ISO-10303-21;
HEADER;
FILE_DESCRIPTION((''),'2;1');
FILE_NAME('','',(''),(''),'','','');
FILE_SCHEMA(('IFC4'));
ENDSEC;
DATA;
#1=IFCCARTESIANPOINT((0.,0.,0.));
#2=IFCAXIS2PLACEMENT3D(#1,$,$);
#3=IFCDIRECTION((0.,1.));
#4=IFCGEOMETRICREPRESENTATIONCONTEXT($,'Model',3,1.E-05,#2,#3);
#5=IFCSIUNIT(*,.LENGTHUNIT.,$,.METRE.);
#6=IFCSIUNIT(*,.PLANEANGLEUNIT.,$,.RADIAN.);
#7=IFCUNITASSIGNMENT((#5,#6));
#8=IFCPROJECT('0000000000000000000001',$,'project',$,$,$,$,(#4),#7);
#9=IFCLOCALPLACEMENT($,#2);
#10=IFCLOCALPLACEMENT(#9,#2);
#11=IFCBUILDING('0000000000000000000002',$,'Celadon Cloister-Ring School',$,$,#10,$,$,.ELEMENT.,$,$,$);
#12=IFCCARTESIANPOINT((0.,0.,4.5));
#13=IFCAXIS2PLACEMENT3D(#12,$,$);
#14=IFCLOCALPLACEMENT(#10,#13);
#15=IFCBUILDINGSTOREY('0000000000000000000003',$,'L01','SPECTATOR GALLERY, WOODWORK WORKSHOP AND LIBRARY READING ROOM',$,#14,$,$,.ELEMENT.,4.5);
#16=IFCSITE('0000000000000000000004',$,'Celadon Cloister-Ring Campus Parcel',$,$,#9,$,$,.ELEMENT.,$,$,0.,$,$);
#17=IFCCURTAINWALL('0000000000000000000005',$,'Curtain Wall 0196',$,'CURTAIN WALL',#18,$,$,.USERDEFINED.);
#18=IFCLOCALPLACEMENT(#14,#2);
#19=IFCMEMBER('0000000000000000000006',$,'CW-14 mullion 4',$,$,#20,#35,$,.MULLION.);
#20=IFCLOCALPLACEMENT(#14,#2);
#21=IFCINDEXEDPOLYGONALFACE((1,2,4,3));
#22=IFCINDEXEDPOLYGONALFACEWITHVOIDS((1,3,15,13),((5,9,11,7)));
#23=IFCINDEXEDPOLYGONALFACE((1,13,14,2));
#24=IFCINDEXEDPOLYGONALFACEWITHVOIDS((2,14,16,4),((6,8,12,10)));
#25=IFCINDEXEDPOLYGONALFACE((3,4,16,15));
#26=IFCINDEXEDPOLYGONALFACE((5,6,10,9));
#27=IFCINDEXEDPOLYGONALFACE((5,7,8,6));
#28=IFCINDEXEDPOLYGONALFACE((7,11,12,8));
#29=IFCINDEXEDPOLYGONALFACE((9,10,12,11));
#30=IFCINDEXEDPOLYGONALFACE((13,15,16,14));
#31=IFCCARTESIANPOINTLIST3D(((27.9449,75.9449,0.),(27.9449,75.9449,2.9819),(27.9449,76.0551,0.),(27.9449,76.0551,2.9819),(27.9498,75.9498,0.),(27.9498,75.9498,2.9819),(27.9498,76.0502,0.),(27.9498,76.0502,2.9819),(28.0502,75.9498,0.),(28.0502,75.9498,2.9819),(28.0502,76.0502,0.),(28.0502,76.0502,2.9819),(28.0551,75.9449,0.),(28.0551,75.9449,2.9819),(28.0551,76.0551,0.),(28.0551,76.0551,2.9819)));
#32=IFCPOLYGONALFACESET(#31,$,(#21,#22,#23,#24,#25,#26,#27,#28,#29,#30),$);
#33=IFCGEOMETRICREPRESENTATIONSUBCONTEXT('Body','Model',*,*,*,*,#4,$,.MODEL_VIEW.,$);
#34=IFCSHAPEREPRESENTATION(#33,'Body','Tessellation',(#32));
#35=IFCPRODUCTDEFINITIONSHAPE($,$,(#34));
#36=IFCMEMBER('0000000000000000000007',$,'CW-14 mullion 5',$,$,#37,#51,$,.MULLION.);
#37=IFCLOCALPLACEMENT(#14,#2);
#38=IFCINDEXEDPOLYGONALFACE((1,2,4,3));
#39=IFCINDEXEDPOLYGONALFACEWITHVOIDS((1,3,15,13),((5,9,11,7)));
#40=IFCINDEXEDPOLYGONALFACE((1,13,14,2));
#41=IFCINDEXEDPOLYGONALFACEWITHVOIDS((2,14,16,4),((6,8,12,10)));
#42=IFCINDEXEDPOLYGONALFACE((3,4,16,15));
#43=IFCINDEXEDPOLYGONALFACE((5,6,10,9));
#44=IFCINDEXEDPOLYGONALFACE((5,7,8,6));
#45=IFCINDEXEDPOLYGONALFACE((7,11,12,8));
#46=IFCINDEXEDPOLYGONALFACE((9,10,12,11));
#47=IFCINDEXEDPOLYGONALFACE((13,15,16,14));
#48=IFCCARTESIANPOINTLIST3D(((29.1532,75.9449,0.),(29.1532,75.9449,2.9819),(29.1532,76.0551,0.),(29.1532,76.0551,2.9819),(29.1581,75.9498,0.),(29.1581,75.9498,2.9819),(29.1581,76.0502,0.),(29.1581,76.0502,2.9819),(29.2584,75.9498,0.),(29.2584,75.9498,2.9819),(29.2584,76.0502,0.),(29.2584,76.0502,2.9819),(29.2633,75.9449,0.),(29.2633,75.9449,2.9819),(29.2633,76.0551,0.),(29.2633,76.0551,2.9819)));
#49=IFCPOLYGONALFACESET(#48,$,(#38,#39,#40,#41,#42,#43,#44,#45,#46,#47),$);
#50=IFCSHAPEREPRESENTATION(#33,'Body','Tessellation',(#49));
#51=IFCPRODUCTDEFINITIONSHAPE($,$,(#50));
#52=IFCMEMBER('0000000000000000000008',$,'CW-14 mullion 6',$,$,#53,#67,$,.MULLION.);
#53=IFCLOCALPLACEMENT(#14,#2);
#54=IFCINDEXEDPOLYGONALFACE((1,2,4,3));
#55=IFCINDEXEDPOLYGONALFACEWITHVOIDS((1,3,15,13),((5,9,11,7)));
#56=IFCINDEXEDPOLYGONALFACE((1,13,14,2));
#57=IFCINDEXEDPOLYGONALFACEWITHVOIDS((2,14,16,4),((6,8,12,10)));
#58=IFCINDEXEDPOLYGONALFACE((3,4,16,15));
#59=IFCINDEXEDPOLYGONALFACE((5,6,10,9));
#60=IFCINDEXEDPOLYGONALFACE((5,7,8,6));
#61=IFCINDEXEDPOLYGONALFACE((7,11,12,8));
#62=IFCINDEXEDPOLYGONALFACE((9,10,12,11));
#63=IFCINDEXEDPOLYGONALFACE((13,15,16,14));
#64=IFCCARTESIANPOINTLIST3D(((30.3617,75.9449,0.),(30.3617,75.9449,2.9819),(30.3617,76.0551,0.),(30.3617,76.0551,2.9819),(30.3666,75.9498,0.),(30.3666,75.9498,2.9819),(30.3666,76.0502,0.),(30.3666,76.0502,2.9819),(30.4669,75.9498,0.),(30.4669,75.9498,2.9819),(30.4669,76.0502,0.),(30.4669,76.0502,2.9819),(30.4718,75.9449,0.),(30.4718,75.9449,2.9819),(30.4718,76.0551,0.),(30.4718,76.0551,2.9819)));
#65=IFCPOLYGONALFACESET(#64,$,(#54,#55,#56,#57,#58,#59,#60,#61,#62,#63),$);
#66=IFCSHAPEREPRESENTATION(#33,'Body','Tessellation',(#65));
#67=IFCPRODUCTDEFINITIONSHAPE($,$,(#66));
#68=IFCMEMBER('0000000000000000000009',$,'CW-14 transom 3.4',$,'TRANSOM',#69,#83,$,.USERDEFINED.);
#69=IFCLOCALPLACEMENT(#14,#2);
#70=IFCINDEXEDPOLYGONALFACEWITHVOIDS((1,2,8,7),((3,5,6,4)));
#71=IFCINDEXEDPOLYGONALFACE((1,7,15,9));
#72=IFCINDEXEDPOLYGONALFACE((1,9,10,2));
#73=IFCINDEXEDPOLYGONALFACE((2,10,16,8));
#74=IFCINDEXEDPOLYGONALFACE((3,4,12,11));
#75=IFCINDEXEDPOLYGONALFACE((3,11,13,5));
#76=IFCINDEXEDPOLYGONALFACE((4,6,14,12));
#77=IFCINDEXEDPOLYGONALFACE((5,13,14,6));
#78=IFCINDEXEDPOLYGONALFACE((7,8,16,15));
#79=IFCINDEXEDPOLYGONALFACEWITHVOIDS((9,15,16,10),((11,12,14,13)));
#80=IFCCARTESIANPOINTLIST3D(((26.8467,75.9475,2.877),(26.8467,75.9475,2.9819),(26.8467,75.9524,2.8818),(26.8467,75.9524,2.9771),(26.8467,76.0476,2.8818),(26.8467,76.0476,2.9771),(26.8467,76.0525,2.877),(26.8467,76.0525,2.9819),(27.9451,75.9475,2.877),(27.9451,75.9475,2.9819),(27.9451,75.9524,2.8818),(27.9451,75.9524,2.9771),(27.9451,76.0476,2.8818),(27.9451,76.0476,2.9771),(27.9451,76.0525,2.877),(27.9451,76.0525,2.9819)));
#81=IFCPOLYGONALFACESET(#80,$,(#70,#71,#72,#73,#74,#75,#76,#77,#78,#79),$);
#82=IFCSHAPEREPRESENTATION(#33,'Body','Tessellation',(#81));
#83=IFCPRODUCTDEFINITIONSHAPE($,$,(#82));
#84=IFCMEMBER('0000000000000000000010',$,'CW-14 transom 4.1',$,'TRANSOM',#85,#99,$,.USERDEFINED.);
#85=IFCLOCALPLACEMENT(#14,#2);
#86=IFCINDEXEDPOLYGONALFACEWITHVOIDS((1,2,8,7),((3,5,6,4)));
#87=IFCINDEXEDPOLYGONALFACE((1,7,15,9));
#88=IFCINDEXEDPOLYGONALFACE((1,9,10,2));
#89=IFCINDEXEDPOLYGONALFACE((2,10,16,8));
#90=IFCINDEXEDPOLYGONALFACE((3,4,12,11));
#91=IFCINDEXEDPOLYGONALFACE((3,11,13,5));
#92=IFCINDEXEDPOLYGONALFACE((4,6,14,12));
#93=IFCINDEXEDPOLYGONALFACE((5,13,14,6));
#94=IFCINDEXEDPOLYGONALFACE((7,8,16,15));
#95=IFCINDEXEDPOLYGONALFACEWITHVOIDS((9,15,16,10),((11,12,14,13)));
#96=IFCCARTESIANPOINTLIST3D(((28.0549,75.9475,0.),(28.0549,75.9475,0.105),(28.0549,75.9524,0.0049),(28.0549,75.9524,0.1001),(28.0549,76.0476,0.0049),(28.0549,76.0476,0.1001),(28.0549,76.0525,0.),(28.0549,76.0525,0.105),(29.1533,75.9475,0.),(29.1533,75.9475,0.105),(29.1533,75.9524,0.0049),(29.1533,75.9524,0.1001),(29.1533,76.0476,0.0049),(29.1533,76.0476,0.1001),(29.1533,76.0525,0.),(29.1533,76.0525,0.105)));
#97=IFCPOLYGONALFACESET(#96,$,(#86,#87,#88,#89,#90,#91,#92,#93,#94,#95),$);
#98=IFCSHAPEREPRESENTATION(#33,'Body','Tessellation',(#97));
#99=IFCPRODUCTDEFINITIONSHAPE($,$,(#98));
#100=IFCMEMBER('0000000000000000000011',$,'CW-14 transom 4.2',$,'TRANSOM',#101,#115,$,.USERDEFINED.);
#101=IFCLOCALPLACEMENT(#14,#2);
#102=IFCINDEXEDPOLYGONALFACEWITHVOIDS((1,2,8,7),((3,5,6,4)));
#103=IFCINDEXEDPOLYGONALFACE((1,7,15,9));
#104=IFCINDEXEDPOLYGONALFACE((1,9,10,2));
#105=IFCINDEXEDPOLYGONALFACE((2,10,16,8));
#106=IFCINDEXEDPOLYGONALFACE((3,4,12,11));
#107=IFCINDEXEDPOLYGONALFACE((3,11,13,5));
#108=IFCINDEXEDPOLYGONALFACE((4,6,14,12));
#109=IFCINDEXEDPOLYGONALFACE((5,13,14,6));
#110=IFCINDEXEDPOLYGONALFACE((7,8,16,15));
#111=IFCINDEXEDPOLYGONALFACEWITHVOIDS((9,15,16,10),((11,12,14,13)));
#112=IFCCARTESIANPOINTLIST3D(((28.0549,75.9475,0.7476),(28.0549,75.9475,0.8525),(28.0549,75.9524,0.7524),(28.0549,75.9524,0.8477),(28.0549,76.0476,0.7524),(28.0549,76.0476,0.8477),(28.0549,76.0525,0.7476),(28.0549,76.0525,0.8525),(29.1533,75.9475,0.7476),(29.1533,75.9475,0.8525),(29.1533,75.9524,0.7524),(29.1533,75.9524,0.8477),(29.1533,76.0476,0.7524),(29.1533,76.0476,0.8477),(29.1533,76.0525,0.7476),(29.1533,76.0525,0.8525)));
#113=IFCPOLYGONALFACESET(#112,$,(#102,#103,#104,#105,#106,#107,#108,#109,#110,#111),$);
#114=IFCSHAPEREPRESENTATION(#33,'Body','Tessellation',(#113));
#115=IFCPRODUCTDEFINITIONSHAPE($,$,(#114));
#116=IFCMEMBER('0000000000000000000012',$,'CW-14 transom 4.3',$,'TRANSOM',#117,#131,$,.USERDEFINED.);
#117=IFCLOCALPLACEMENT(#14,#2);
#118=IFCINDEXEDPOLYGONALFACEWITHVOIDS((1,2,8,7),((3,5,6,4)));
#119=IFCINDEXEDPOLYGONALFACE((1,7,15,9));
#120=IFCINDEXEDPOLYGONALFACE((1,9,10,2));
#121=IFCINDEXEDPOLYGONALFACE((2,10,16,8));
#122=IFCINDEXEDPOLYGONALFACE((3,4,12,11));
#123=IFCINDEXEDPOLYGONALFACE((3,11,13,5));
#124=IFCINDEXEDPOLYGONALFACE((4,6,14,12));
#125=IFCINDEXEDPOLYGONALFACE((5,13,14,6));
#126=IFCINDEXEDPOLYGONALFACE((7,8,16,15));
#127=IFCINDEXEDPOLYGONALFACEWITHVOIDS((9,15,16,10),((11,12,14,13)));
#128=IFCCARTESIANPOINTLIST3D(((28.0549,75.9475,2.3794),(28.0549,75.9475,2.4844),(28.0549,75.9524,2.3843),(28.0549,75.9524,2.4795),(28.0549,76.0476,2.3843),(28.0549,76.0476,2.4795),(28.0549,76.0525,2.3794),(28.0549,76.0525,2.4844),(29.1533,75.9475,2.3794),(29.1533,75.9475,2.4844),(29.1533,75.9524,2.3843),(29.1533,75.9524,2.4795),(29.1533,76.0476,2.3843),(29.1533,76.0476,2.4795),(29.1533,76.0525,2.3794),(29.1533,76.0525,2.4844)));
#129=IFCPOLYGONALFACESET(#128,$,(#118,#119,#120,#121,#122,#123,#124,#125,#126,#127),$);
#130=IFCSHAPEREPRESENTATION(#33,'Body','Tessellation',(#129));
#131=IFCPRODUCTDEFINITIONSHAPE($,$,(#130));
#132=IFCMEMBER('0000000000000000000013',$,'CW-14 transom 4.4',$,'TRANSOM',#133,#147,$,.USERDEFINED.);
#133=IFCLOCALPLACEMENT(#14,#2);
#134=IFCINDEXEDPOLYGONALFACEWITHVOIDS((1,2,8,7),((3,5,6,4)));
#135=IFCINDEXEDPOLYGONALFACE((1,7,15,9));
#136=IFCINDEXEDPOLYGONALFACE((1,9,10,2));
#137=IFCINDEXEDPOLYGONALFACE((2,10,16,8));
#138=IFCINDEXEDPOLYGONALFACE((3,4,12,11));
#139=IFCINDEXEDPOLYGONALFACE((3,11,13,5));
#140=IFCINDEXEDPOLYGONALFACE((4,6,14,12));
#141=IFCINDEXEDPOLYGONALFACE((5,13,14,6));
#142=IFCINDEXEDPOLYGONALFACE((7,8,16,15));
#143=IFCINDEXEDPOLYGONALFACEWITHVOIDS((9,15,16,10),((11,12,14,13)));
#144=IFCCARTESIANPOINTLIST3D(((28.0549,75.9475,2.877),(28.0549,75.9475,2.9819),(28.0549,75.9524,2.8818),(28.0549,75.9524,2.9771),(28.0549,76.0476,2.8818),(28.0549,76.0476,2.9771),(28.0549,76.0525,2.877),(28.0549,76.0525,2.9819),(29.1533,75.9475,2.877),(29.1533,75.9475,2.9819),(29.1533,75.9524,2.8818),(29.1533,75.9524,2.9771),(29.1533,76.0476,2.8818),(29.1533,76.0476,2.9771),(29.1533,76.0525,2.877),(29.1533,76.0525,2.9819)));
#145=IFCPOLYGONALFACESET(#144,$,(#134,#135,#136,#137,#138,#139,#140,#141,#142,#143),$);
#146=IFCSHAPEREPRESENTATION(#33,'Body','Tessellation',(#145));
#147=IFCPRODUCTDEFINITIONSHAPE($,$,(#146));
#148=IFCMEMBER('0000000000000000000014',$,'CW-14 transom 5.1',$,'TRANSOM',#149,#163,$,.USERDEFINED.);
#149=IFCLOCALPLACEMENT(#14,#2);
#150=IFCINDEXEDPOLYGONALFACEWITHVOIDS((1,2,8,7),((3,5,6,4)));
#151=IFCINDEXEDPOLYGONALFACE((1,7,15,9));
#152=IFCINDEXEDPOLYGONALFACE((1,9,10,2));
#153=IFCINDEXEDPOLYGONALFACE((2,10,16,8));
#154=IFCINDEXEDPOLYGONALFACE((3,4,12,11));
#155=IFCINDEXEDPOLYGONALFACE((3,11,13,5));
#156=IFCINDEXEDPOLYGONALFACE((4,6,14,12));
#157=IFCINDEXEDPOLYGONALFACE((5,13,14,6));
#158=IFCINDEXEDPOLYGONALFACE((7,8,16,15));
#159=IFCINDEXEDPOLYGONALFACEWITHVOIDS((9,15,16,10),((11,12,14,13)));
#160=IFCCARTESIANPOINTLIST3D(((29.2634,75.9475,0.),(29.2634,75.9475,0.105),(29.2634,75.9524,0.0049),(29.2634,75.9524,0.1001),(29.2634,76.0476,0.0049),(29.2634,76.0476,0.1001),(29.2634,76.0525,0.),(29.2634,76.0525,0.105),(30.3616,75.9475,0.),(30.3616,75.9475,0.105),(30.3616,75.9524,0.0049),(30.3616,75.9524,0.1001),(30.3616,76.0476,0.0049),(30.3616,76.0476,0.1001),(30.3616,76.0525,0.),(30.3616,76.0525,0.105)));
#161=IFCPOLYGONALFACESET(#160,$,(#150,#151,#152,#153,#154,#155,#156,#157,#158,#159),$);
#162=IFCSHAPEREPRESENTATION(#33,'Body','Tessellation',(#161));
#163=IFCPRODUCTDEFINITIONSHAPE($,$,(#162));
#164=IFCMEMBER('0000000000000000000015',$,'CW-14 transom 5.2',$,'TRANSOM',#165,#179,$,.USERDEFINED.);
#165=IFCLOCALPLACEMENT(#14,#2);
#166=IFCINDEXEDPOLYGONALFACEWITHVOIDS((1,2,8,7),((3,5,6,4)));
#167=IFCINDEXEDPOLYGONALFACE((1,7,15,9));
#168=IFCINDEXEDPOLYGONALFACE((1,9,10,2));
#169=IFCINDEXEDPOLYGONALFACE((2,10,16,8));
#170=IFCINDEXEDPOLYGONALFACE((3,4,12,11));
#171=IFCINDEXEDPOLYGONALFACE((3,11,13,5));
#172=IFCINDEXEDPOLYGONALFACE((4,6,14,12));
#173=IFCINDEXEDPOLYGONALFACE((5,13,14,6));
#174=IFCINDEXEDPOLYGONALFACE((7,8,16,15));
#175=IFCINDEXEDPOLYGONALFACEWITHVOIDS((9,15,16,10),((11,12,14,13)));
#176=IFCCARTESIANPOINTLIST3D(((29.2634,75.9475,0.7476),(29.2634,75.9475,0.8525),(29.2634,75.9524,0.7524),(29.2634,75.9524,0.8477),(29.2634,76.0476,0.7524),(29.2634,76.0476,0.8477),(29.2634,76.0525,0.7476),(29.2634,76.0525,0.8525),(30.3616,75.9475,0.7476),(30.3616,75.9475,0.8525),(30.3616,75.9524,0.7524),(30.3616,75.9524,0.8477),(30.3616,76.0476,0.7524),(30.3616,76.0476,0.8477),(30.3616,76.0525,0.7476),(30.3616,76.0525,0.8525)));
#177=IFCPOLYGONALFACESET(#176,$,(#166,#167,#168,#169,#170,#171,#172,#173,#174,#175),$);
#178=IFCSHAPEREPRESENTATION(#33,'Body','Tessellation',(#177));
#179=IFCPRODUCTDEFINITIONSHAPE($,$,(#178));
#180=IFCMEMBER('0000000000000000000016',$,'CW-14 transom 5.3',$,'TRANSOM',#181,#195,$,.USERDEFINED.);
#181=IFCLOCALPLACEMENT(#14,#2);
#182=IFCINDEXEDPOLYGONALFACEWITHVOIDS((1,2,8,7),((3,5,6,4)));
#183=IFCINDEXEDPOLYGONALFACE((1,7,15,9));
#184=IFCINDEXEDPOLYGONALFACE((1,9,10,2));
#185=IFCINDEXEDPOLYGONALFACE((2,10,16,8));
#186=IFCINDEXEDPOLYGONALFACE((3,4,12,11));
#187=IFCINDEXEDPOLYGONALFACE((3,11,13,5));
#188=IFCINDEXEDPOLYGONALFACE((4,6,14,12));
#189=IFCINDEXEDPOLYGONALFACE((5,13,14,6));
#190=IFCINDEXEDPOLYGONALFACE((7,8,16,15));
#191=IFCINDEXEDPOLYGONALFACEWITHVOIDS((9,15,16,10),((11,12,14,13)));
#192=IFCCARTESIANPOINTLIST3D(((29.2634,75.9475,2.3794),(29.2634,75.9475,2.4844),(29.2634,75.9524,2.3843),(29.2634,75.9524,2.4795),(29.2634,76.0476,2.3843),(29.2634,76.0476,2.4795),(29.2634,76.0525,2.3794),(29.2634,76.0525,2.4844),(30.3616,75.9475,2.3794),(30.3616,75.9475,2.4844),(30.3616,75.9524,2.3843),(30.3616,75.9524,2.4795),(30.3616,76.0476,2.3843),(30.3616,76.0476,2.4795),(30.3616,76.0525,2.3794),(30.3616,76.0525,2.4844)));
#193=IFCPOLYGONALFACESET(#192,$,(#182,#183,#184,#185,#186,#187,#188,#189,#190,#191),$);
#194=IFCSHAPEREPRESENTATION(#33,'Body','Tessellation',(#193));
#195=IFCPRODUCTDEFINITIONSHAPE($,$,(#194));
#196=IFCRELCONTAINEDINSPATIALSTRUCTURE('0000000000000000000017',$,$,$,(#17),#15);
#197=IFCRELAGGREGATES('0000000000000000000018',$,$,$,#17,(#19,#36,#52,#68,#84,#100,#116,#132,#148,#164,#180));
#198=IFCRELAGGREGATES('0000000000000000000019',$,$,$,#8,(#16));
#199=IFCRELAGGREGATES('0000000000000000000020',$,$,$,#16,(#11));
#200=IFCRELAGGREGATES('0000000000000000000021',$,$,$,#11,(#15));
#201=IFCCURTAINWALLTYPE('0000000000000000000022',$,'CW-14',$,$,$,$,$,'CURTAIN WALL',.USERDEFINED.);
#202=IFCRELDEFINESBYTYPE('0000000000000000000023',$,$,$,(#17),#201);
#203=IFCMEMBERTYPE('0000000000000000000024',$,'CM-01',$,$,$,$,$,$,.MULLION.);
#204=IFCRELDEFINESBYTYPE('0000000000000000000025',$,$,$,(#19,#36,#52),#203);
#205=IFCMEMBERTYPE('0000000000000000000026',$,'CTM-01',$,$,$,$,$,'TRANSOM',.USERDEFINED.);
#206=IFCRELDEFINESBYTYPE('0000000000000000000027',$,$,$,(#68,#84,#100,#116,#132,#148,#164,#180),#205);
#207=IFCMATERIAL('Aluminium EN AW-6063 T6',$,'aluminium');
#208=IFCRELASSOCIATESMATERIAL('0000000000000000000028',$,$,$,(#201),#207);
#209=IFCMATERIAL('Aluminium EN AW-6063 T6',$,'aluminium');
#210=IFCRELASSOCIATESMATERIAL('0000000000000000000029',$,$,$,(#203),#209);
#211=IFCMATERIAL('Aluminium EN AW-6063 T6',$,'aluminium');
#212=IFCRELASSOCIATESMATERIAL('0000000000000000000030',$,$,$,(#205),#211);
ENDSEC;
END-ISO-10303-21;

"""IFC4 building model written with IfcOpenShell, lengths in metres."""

from ifc_helpers import new_model, si_unit, direction, frame, origin, origin_2d, place, context, subcontext, project, spatial, hollow_rectangle, extrude, material, material_profile, profile_set, type_object, element, aggregate, save


model = new_model("IFC4")

# Units and contexts
model_context = context("Model", 3, precision=1e-05, world=origin(), true_north=direction((0.0, 1.0)))
body_context = subcontext(model_context, "Body", "Model", "MODEL_VIEW")
ifc_project = project(units=[si_unit("LENGTHUNIT", "METRE"), si_unit("PLANEANGLEUNIT", "RADIAN")], contexts=[model_context])

# Site, building, storey
site_placement = place(None, origin())
site = spatial("IfcSite", under=ifc_project, at=site_placement, Name="Celadon Cloister-Ring Campus Parcel", CompositionType="ELEMENT", RefElevation=0.0)
building_placement = place(site_placement, origin())
building = spatial("IfcBuilding", under=site, at=building_placement, Name="Celadon Cloister-Ring School", CompositionType="ELEMENT")
storey_placement = place(building_placement, frame((0.0, 0.0, 4.5)))
storey = spatial("IfcBuildingStorey", under=building, at=storey_placement, Name="L01", Description="SPECTATOR GALLERY, WOODWORK WORKSHOP AND LIBRARY READING ROOM", CompositionType="ELEMENT", Elevation=4.5)

# Curtain wall, members
ifc_material_1 = material(Name="Aluminium EN AW-6063 T6", Category="aluminium")
curtain_wall_type = type_object("IfcCurtainWallType", Name="CW-14", ElementType="CURTAIN WALL", PredefinedType="USERDEFINED", material=ifc_material_1)
curtain_wall_placement = place(storey_placement, origin())
curtain_wall = element("IfcCurtainWall", 1, at=curtain_wall_placement, inside=storey, type_object=curtain_wall_type, Name="Curtain Wall 0196", ObjectType="CURTAIN WALL", PredefinedType="USERDEFINED")
ifc_material_2 = material(Name="Aluminium EN AW-6063 T6", Category="aluminium")
ifc_material_profile_1 = material_profile(ifc_material_2, hollow_rectangle(XDim=0.1101, YDim=0.1101, WallThickness=0.0049, at=origin_2d()), Name="RHS110X110X5")
ifc_profile_set_1 = profile_set([ifc_material_profile_1], Name="Aluminium EN AW-6063 T6")
member_type_1 = type_object("IfcMemberType", Name="CM-01", PredefinedType="MULLION", material=ifc_profile_set_1)
member_1_placement = place(storey_placement, frame((28.0, 76.0, 0.0), z_axis=(0.0, 0.0, 1.0), x_axis=(0.0, 1.0, 0.0)))
member_1 = element("IfcMember", 2, at=member_1_placement, type_object=member_type_1, Name="CW-14 mullion 4", PredefinedType="MULLION", context=body_context, shape_type="SweptSolid", body=[
    extrude(hollow_rectangle(XDim=0.1101, YDim=0.1101, WallThickness=0.0049, at=origin_2d()), origin(), (0.0, 0.0, 1.0), 2.9819),
])
member_2_placement = place(storey_placement, frame((29.2083, 76.0, 0.0), z_axis=(0.0, 0.0, 1.0), x_axis=(0.0, 1.0, 0.0)))
member_2 = element("IfcMember", 3, at=member_2_placement, type_object=member_type_1, Name="CW-14 mullion 5", PredefinedType="MULLION", context=body_context, shape_type="SweptSolid", body=[
    extrude(hollow_rectangle(XDim=0.1101, YDim=0.1101, WallThickness=0.0049, at=origin_2d()), origin(), (0.0, 0.0, 1.0), 2.9819),
])
member_3_placement = place(storey_placement, frame((30.4167, 76.0, 0.0), z_axis=(0.0, 0.0, 1.0), x_axis=(0.0, 1.0, 0.0)))
member_3 = element("IfcMember", 4, at=member_3_placement, type_object=member_type_1, Name="CW-14 mullion 6", PredefinedType="MULLION", context=body_context, shape_type="SweptSolid", body=[
    extrude(hollow_rectangle(XDim=0.1101, YDim=0.1101, WallThickness=0.0049, at=origin_2d()), origin(), (0.0, 0.0, 1.0), 2.9819),
])
ifc_material_3 = material(Name="Aluminium EN AW-6063 T6", Category="aluminium")
ifc_material_profile_2 = material_profile(ifc_material_3, hollow_rectangle(XDim=0.105, YDim=0.105, WallThickness=0.0049, at=origin_2d()), Name="RHS105X105X5")
ifc_profile_set_2 = profile_set([ifc_material_profile_2], Name="Aluminium EN AW-6063 T6")
member_type_2 = type_object("IfcMemberType", Name="CTM-01", ElementType="TRANSOM", PredefinedType="USERDEFINED", material=ifc_profile_set_2)
member_4_placement = place(storey_placement, frame((26.8467, 76.0, 2.9294), z_axis=(1.0, 0.0, 0.0), x_axis=(0.0, 1.0, 0.0)))
member_4 = element("IfcMember", 5, at=member_4_placement, type_object=member_type_2, Name="CW-14 transom 3.4", ObjectType="TRANSOM", PredefinedType="USERDEFINED", context=body_context, shape_type="SweptSolid", body=[
    extrude(hollow_rectangle(XDim=0.105, YDim=0.105, WallThickness=0.0049, at=origin_2d()), origin(), (0.0, 0.0, 1.0), 1.0984),
])
member_5_placement = place(storey_placement, frame((28.0549, 76.0, 0.0525), z_axis=(1.0, 0.0, 0.0), x_axis=(0.0, 1.0, 0.0)))
member_5 = element("IfcMember", 6, at=member_5_placement, type_object=member_type_2, Name="CW-14 transom 4.1", ObjectType="TRANSOM", PredefinedType="USERDEFINED", context=body_context, shape_type="SweptSolid", body=[
    extrude(hollow_rectangle(XDim=0.105, YDim=0.105, WallThickness=0.0049, at=origin_2d()), origin(), (0.0, 0.0, 1.0), 1.0984),
])
member_6_placement = place(storey_placement, frame((28.0549, 76.0, 0.8), z_axis=(1.0, 0.0, 0.0), x_axis=(0.0, 1.0, 0.0)))
member_6 = element("IfcMember", 7, at=member_6_placement, type_object=member_type_2, Name="CW-14 transom 4.2", ObjectType="TRANSOM", PredefinedType="USERDEFINED", context=body_context, shape_type="SweptSolid", body=[
    extrude(hollow_rectangle(XDim=0.105, YDim=0.105, WallThickness=0.0049, at=origin_2d()), origin(), (0.0, 0.0, 1.0), 1.0984),
])
member_7_placement = place(storey_placement, frame((28.0549, 76.0, 2.4319), z_axis=(1.0, 0.0, 0.0), x_axis=(0.0, 1.0, 0.0)))
member_7 = element("IfcMember", 8, at=member_7_placement, type_object=member_type_2, Name="CW-14 transom 4.3", ObjectType="TRANSOM", PredefinedType="USERDEFINED", context=body_context, shape_type="SweptSolid", body=[
    extrude(hollow_rectangle(XDim=0.105, YDim=0.105, WallThickness=0.0049, at=origin_2d()), origin(), (0.0, 0.0, 1.0), 1.0984),
])
member_8_placement = place(storey_placement, frame((28.0549, 76.0, 2.9294), z_axis=(1.0, 0.0, 0.0), x_axis=(0.0, 1.0, 0.0)))
member_8 = element("IfcMember", 9, at=member_8_placement, type_object=member_type_2, Name="CW-14 transom 4.4", ObjectType="TRANSOM", PredefinedType="USERDEFINED", context=body_context, shape_type="SweptSolid", body=[
    extrude(hollow_rectangle(XDim=0.105, YDim=0.105, WallThickness=0.0049, at=origin_2d()), origin(), (0.0, 0.0, 1.0), 1.0984),
])
member_9_placement = place(storey_placement, frame((29.2634, 76.0, 0.0525), z_axis=(1.0, 0.0, 0.0), x_axis=(0.0, 1.0, 0.0)))
member_9 = element("IfcMember", 10, at=member_9_placement, type_object=member_type_2, Name="CW-14 transom 5.1", ObjectType="TRANSOM", PredefinedType="USERDEFINED", context=body_context, shape_type="SweptSolid", body=[
    extrude(hollow_rectangle(XDim=0.105, YDim=0.105, WallThickness=0.0049, at=origin_2d()), origin(), (0.0, 0.0, 1.0), 1.0981),
])
member_10_placement = place(storey_placement, frame((29.2634, 76.0, 0.8), z_axis=(1.0, 0.0, 0.0), x_axis=(0.0, 1.0, 0.0)))
member_10 = element("IfcMember", 11, at=member_10_placement, type_object=member_type_2, Name="CW-14 transom 5.2", ObjectType="TRANSOM", PredefinedType="USERDEFINED", context=body_context, shape_type="SweptSolid", body=[
    extrude(hollow_rectangle(XDim=0.105, YDim=0.105, WallThickness=0.0049, at=origin_2d()), origin(), (0.0, 0.0, 1.0), 1.0981),
])
member_11_placement = place(storey_placement, frame((29.2634, 76.0, 2.4319), z_axis=(1.0, 0.0, 0.0), x_axis=(0.0, 1.0, 0.0)))
member_11 = element("IfcMember", 12, at=member_11_placement, type_object=member_type_2, Name="CW-14 transom 5.3", ObjectType="TRANSOM", PredefinedType="USERDEFINED", context=body_context, shape_type="SweptSolid", body=[
    extrude(hollow_rectangle(XDim=0.105, YDim=0.105, WallThickness=0.0049, at=origin_2d()), origin(), (0.0, 0.0, 1.0), 1.0981),
])
aggregate(curtain_wall, [member_1, member_2, member_3, member_4, member_5, member_6, member_7, member_8, member_9, member_10, member_11])

save(model, "model.ifc")
